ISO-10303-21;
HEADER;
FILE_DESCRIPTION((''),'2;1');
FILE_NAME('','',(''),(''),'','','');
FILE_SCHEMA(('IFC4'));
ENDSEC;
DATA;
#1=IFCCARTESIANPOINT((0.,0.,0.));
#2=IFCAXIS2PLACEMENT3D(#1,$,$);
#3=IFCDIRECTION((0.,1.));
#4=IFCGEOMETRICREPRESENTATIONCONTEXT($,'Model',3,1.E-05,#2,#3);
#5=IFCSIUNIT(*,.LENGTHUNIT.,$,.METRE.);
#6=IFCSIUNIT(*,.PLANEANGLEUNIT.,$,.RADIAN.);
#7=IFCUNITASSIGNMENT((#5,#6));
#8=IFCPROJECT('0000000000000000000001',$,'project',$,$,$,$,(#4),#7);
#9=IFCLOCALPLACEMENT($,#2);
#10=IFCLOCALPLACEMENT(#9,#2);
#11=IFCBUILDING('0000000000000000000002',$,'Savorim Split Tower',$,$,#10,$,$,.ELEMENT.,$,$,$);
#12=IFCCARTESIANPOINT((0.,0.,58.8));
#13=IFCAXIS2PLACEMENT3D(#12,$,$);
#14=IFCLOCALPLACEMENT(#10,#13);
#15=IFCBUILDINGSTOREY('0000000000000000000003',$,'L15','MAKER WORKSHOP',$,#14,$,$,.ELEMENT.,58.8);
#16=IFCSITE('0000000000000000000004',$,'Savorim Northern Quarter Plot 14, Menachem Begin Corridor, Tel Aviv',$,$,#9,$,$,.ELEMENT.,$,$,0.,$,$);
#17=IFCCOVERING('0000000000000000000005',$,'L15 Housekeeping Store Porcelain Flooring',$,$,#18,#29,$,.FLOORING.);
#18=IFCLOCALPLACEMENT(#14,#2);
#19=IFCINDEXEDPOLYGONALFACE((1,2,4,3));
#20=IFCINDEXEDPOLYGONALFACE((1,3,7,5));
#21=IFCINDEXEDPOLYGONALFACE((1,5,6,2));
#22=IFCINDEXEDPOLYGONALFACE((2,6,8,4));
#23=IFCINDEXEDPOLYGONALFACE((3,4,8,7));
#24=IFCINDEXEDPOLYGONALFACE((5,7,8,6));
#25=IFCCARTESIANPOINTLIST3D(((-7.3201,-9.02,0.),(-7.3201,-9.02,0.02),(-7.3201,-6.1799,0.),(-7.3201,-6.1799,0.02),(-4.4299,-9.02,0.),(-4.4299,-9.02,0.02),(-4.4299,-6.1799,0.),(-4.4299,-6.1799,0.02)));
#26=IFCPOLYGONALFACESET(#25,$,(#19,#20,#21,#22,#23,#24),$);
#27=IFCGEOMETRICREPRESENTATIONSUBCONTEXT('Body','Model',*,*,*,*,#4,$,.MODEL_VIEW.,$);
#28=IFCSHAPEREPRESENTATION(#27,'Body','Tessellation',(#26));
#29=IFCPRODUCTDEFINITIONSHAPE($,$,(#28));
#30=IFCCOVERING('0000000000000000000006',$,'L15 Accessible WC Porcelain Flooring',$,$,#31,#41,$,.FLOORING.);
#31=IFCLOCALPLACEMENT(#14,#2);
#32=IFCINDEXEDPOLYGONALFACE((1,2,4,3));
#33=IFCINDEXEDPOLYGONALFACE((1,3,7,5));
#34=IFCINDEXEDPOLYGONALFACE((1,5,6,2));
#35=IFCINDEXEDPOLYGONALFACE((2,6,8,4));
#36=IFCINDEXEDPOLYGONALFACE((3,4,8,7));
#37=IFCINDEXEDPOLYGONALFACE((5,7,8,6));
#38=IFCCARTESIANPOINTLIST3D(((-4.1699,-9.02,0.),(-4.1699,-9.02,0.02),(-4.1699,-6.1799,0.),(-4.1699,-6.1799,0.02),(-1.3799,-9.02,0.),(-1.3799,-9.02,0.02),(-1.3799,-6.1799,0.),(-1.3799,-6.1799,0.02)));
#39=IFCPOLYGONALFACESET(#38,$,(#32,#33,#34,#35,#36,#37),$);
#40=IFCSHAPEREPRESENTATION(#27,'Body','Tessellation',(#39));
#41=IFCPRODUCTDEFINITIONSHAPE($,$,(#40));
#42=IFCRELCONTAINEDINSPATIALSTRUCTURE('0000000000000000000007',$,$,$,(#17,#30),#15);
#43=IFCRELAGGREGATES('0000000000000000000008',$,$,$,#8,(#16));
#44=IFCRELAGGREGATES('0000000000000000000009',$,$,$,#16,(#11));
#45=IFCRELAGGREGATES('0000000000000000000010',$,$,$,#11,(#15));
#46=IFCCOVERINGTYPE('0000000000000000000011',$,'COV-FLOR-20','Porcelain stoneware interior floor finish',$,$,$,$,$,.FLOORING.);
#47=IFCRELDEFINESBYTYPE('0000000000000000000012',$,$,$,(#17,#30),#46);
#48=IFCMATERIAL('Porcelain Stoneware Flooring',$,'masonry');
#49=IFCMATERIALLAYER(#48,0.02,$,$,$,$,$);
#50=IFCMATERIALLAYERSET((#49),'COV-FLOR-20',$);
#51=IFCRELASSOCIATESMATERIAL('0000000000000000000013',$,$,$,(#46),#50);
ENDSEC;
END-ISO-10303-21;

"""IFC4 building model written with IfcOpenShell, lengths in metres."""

from ifc_helpers import new_model, si_unit, direction, frame, origin, place, context, subcontext, project, spatial, polyline, outline, extrude, material, layer, layer_set, type_object, element, save


model = new_model("IFC4")

# Units and contexts
model_context = context("Model", 3, precision=1e-05, world=origin(), true_north=direction((0.0, 1.0)))
body_context = subcontext(model_context, "Body", "Model", "MODEL_VIEW")
ifc_project = project(units=[si_unit("LENGTHUNIT", "METRE"), si_unit("PLANEANGLEUNIT", "RADIAN")], contexts=[model_context])

# Site, building, storey
site_placement = place(None, origin())
site = spatial("IfcSite", under=ifc_project, at=site_placement, Name="Savorim Northern Quarter Plot 14, Menachem Begin Corridor, Tel Aviv", CompositionType="ELEMENT", RefElevation=0.0)
building_placement = place(site_placement, origin())
building = spatial("IfcBuilding", under=site, at=building_placement, Name="Savorim Split Tower", CompositionType="ELEMENT")
storey_placement = place(building_placement, frame((0.0, 0.0, 58.8)))
storey = spatial("IfcBuildingStorey", under=building, at=storey_placement, Name="L15", Description="MAKER WORKSHOP", CompositionType="ELEMENT", Elevation=58.8)

# Coverings
ifc_material_1 = material(Name="Porcelain Stoneware Flooring", Category="masonry")
ifc_layer_1 = layer(ifc_material_1, 0.02)
ifc_layer_set_1 = layer_set([ifc_layer_1], Name="COV-FLOR-20")
covering_type_1 = type_object("IfcCoveringType", Name="COV-FLOR-20", Description="Porcelain stoneware interior floor finish", PredefinedType="FLOORING", material=ifc_layer_set_1)
covering_1_placement = place(storey_placement, origin())
element("IfcCovering", 1, at=covering_1_placement, inside=storey, type_object=covering_type_1, Name="L15 Housekeeping Store Porcelain Flooring", PredefinedType="FLOORING", context=body_context, shape_type="SweptSolid", body=[
    extrude(outline(polyline([(-7.3201, -6.1799), (-7.3201, -9.02), (-4.4299, -9.02), (-4.4299, -6.1799), (-7.3201, -6.1799)])), origin(), (0.0, 0.0, 1.0), 0.02),
])
covering_2_placement = place(storey_placement, origin())
element("IfcCovering", 2, at=covering_2_placement, inside=storey, type_object=covering_type_1, Name="L15 Accessible WC Porcelain Flooring", PredefinedType="FLOORING", context=body_context, shape_type="SweptSolid", body=[
    extrude(outline(polyline([(-4.1699, -6.1799), (-4.1699, -9.02), (-1.3799, -9.02), (-1.3799, -6.1799), (-4.1699, -6.1799)])), origin(), (0.0, 0.0, 1.0), 0.02),
])

save(model, "model.ifc")
